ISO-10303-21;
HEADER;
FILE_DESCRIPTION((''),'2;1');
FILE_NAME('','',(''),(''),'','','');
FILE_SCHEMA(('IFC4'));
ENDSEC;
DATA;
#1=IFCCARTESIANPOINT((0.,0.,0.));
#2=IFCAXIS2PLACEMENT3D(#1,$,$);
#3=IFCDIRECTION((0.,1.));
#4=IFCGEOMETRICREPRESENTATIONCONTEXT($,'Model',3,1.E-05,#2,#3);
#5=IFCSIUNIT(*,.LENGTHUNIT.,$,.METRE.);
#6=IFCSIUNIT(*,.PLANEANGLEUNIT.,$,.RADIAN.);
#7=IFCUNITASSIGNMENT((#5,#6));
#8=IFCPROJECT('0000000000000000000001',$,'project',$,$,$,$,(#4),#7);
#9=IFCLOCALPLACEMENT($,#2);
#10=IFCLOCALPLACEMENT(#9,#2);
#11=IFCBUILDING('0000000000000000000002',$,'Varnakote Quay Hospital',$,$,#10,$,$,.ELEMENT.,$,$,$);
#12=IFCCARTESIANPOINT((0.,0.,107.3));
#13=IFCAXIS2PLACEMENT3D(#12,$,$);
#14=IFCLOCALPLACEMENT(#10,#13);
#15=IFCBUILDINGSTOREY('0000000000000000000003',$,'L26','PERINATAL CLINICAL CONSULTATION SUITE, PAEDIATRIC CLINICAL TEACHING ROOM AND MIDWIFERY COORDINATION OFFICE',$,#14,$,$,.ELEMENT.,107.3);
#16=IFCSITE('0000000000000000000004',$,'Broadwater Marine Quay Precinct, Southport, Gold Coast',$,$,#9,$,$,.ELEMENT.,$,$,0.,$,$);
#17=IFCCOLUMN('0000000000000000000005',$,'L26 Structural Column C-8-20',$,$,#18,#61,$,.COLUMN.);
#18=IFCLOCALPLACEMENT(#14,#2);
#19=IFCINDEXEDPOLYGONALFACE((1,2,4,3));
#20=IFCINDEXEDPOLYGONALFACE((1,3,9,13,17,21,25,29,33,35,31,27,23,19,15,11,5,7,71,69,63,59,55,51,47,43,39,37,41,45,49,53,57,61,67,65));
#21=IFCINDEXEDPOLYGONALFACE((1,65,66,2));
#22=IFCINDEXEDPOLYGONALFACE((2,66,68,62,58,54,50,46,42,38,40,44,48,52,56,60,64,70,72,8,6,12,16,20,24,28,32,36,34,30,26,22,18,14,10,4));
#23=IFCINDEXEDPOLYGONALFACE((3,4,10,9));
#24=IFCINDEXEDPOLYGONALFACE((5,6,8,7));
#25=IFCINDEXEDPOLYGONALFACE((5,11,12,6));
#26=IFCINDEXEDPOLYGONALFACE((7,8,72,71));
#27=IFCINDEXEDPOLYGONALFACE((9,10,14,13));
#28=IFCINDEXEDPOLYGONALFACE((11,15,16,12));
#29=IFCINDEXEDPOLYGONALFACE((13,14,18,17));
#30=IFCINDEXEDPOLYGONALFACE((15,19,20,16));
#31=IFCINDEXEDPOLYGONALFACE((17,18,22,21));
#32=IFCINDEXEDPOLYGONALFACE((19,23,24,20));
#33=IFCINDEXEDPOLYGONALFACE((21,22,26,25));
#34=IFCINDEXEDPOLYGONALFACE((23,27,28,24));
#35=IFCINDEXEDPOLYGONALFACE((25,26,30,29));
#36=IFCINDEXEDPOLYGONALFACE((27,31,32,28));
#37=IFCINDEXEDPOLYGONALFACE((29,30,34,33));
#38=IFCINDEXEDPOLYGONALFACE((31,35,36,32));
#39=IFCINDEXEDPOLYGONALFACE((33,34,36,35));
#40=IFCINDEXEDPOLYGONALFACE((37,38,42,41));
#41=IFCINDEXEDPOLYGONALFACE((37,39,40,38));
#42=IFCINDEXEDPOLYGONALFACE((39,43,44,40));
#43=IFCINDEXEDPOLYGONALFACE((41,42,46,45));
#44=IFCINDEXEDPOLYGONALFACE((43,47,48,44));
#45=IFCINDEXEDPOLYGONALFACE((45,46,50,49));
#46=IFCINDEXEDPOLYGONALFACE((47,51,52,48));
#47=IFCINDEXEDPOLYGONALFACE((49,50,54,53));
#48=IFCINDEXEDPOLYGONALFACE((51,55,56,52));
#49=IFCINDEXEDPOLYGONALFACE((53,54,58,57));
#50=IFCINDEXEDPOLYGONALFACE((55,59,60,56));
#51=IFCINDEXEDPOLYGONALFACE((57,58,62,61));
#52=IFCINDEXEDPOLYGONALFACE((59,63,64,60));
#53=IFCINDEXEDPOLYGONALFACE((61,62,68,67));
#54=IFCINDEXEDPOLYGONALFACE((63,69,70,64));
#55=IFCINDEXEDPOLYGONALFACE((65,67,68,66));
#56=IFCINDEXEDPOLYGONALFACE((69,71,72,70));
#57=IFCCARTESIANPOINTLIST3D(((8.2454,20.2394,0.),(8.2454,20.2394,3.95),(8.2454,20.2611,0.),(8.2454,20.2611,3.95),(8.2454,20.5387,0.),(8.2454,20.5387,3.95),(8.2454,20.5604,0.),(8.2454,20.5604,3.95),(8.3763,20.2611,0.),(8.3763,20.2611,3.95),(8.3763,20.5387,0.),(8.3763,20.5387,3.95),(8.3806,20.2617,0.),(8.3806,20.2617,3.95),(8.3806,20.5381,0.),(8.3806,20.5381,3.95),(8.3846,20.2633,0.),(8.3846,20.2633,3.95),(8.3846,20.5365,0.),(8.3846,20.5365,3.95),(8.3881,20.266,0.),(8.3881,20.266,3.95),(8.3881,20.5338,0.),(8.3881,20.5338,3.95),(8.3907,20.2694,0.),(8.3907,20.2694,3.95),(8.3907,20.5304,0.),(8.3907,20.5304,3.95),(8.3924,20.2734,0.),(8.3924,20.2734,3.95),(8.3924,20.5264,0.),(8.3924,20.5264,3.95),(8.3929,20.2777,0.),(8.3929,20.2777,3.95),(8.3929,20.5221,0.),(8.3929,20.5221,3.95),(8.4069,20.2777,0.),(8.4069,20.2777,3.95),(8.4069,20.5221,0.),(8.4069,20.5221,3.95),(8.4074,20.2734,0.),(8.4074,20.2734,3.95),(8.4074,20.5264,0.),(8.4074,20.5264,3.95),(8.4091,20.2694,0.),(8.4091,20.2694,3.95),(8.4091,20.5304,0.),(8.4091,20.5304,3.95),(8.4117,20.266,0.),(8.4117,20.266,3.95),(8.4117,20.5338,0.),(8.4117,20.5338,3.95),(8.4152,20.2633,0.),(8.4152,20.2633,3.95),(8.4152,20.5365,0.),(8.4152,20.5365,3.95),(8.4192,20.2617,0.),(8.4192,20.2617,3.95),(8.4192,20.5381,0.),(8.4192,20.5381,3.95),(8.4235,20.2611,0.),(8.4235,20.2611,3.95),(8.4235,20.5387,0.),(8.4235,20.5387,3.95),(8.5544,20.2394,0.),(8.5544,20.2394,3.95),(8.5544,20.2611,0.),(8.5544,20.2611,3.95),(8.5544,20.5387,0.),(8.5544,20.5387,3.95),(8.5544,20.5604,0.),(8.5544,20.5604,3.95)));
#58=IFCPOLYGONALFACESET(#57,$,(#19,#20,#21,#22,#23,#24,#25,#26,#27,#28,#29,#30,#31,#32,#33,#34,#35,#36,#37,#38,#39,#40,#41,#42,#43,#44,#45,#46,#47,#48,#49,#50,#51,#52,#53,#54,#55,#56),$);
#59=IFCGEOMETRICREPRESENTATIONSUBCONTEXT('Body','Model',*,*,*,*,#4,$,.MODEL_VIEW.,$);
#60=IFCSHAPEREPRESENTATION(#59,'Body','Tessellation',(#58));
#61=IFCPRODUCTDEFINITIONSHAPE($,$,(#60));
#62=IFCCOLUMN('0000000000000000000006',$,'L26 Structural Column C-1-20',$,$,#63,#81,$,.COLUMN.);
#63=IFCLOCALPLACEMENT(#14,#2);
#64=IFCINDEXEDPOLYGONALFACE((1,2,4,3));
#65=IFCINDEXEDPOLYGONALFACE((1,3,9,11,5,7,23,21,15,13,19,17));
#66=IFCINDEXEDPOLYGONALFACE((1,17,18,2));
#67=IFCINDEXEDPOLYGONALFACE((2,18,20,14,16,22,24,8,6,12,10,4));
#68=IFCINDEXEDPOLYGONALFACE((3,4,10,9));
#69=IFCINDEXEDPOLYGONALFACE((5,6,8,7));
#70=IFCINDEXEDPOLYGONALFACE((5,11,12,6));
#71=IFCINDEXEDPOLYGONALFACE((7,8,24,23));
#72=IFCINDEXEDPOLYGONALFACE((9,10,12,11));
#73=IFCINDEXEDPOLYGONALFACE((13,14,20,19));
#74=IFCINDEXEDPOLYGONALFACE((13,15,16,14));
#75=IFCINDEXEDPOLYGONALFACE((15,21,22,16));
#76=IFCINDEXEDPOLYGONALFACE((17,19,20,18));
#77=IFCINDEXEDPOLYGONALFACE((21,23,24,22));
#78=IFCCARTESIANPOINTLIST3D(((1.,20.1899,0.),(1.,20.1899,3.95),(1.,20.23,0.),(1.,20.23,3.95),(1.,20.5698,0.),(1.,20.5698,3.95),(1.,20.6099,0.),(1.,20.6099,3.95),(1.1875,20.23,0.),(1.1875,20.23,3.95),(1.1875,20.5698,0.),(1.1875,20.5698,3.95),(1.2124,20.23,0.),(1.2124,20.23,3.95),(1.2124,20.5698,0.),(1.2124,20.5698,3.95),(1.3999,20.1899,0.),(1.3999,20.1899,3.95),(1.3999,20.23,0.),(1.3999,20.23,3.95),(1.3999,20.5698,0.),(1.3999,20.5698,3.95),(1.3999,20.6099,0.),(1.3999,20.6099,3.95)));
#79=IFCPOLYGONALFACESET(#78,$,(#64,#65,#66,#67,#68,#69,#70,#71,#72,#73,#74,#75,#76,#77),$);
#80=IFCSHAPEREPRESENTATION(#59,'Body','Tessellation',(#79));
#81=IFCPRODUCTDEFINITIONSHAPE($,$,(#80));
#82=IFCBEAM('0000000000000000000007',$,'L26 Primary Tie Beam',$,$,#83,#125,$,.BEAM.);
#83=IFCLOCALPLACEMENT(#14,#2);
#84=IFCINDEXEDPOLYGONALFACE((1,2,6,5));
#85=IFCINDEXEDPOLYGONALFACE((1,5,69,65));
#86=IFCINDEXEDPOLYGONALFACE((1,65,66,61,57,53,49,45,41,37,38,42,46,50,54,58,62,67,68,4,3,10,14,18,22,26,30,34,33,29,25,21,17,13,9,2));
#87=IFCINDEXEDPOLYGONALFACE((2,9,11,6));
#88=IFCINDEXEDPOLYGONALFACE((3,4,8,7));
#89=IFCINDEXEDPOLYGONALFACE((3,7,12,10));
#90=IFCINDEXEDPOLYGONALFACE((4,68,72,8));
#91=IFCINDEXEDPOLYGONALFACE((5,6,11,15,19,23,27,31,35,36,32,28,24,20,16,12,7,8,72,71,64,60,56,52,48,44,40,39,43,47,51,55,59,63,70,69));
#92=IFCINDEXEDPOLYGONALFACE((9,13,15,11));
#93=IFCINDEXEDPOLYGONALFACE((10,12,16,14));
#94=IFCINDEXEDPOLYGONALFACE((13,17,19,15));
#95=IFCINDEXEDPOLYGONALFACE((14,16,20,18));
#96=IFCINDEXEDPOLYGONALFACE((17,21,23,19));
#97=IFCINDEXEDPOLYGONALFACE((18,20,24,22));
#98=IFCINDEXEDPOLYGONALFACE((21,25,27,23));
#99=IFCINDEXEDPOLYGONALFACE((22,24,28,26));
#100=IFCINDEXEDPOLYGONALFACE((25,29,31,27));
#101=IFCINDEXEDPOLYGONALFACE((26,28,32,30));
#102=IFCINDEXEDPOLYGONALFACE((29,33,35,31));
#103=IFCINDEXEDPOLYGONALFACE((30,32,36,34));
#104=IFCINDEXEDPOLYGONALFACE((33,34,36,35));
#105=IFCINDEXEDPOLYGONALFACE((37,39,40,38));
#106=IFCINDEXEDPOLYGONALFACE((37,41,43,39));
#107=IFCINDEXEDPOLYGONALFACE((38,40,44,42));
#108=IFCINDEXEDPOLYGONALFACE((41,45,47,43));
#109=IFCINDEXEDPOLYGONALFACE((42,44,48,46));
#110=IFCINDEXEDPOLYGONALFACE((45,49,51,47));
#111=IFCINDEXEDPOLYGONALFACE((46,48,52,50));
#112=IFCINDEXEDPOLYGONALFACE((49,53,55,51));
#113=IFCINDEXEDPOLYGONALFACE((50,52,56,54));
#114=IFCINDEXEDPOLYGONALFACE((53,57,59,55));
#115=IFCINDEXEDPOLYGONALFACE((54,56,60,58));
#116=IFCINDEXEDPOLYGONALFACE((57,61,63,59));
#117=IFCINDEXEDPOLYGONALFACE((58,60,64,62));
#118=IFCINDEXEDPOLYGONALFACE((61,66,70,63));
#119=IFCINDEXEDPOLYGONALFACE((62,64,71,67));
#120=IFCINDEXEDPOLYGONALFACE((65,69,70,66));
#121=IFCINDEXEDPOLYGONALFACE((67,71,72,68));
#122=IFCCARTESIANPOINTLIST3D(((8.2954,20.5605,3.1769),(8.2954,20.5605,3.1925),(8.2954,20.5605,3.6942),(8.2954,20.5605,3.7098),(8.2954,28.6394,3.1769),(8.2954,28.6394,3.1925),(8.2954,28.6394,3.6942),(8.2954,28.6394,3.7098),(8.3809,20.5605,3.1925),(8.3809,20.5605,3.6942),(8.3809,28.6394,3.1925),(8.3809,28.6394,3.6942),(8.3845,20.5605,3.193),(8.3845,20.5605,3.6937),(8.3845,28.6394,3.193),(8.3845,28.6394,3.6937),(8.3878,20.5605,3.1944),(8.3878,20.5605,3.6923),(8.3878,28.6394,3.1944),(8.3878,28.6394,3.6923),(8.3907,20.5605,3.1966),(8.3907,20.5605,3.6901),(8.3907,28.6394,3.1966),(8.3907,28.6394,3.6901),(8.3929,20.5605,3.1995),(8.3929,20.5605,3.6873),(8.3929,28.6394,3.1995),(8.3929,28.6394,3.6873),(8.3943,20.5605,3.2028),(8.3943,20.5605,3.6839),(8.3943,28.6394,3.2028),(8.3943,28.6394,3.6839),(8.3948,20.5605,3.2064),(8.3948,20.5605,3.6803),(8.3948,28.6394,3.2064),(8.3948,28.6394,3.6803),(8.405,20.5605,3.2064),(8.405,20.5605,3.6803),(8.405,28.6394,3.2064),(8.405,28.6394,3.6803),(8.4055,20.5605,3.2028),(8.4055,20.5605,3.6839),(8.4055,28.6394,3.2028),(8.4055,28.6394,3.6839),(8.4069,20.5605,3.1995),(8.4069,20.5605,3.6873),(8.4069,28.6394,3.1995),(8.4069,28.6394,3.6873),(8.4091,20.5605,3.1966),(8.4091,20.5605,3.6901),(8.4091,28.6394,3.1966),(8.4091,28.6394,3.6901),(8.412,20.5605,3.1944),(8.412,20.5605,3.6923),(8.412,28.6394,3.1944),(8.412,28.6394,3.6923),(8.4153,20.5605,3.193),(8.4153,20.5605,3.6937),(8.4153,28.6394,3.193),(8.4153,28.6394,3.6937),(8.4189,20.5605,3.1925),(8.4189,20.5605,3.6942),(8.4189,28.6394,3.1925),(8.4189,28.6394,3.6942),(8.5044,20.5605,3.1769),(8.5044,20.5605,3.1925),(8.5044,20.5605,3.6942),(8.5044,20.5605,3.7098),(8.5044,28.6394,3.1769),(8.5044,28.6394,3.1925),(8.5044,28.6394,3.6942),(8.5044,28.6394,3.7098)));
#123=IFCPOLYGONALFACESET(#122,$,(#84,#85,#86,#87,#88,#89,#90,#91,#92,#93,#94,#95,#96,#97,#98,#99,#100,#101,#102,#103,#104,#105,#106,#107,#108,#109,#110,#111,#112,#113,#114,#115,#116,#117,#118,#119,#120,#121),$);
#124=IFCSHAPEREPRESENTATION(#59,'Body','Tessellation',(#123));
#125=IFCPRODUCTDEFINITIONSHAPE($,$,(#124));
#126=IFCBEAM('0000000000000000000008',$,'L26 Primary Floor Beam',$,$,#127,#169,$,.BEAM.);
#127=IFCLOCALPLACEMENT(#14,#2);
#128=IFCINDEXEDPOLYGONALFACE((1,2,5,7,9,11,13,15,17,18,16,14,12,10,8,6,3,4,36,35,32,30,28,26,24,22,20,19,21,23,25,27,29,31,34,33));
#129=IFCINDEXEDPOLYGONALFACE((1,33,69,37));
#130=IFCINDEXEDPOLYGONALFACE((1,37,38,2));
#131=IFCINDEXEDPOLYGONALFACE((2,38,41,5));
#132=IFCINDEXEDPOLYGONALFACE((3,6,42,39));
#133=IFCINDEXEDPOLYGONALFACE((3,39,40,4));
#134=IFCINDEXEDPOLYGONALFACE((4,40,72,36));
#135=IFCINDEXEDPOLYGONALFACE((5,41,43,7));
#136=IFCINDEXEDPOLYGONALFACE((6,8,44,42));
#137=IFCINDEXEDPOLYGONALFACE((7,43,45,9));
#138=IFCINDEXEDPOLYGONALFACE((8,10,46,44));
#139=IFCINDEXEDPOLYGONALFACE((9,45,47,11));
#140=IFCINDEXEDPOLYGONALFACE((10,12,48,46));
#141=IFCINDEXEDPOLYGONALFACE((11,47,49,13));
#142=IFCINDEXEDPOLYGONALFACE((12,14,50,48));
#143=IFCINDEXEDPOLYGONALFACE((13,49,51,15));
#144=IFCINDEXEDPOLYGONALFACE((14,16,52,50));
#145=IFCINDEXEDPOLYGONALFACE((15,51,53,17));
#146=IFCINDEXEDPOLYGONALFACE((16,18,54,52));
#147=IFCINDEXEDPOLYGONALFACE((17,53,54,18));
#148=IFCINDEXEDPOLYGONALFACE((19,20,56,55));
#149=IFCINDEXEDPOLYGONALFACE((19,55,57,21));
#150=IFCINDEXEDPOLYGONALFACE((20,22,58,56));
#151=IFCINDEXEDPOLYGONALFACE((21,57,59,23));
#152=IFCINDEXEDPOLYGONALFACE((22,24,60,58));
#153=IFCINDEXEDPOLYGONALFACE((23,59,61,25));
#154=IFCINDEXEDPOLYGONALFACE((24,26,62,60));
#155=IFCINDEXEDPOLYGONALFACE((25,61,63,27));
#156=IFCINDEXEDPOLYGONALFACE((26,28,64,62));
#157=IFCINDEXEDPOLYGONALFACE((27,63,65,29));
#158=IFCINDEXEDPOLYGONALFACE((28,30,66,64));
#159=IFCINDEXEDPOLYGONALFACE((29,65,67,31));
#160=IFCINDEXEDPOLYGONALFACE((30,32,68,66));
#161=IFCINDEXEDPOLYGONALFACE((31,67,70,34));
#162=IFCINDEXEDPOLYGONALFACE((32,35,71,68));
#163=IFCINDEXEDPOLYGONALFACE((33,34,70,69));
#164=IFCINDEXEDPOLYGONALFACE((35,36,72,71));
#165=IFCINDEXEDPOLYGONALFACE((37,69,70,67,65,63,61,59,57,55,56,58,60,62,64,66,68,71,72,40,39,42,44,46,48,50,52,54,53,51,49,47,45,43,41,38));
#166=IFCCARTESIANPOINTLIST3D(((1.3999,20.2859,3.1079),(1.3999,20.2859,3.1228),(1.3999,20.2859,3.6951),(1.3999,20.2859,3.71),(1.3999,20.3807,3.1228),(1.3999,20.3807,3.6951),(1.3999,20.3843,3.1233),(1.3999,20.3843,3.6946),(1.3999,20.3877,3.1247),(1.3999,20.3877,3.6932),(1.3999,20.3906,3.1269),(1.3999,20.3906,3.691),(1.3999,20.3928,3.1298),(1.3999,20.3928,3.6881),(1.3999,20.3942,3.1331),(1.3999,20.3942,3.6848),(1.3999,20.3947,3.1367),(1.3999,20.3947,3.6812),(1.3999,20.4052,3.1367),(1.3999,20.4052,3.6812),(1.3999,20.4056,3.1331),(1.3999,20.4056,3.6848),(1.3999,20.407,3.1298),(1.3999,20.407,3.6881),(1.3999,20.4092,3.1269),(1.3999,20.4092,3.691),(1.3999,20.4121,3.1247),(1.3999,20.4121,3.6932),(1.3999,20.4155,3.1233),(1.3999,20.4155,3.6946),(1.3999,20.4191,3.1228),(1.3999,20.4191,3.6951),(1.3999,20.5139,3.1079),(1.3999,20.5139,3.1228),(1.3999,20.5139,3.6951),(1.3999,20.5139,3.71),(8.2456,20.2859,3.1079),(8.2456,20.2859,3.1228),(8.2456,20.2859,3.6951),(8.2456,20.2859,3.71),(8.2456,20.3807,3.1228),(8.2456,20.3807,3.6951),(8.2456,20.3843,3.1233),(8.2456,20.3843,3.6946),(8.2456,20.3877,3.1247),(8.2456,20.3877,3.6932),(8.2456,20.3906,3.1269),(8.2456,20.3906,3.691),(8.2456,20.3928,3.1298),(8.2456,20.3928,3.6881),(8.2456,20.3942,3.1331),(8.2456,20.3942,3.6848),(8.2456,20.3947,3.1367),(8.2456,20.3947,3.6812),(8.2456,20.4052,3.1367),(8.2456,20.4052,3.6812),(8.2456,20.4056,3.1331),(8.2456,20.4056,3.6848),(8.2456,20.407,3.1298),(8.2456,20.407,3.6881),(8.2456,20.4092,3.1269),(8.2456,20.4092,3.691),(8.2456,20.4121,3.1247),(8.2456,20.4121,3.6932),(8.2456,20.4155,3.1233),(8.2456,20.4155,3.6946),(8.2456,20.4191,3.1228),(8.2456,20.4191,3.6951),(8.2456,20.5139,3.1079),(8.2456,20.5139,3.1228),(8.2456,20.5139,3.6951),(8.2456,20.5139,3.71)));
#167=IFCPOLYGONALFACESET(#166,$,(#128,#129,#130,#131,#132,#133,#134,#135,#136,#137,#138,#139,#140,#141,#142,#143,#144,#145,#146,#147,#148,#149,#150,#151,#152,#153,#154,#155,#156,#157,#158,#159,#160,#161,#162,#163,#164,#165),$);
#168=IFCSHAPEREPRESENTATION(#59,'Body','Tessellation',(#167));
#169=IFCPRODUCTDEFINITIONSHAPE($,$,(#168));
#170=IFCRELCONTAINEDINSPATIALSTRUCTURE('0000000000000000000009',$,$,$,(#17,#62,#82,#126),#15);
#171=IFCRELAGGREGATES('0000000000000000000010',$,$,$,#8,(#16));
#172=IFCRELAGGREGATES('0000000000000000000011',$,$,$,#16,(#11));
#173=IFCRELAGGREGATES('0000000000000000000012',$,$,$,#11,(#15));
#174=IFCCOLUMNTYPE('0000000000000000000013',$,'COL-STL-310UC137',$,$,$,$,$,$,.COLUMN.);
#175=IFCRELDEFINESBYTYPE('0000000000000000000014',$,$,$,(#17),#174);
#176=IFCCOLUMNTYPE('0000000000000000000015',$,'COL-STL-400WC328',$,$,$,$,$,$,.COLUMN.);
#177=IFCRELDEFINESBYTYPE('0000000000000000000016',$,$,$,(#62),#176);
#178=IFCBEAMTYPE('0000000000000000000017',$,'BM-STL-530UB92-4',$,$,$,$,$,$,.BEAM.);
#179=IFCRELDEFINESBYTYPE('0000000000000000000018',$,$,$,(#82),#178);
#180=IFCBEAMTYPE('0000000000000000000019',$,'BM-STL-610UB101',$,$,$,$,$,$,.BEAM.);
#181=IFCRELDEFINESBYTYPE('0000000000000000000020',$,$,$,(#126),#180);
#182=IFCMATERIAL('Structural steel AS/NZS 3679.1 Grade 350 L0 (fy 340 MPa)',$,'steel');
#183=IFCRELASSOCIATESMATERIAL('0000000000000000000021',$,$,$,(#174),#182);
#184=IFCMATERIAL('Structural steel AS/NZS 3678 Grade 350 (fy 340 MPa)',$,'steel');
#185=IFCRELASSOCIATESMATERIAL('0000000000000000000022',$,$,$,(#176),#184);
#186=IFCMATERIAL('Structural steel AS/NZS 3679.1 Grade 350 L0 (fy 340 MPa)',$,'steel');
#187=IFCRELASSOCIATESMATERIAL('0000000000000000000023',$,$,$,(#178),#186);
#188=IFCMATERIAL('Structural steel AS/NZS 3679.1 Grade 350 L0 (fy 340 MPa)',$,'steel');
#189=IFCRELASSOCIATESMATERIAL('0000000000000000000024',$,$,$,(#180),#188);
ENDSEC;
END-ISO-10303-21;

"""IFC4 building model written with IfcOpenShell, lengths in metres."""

from ifc_helpers import new_model, si_unit, direction, frame, origin, origin_2d, place, context, subcontext, project, spatial, i_section, extrude, material, material_profile, profile_set, type_object, element, save


model = new_model("IFC4")

# Units and contexts
model_context = context("Model", 3, precision=1e-05, world=origin(), true_north=direction((0.0, 1.0)))
body_context = subcontext(model_context, "Body", "Model", "MODEL_VIEW")
ifc_project = project(units=[si_unit("LENGTHUNIT", "METRE"), si_unit("PLANEANGLEUNIT", "RADIAN")], contexts=[model_context])

# Site, building, storey
site_placement = place(None, origin())
site = spatial("IfcSite", under=ifc_project, at=site_placement, Name="Broadwater Marine Quay Precinct, Southport, Gold Coast", CompositionType="ELEMENT", RefElevation=0.0)
building_placement = place(site_placement, origin())
building = spatial("IfcBuilding", under=site, at=building_placement, Name="Varnakote Quay Hospital", CompositionType="ELEMENT")
storey_placement = place(building_placement, frame((0.0, 0.0, 107.3)))
storey = spatial("IfcBuildingStorey", under=building, at=storey_placement, Name="L26", Description="PERINATAL CLINICAL CONSULTATION SUITE, PAEDIATRIC CLINICAL TEACHING ROOM AND MIDWIFERY COORDINATION OFFICE", CompositionType="ELEMENT", Elevation=107.3)

# Columns
ifc_material_1 = material(Name="Structural steel AS/NZS 3679.1 Grade 350 L0 (fy 340 MPa)", Category="steel")
ifc_material_profile_1 = material_profile(ifc_material_1, i_section(OverallWidth=0.3091, OverallDepth=0.321, WebThickness=0.0139, FlangeThickness=0.0217, FilletRadius=0.0166, at=origin_2d()), Name="310UC137")
ifc_profile_set_1 = profile_set([ifc_material_profile_1], Name="Structural steel AS/NZS 3679.1 Grade 350 L0 (fy 340 MPa)")
column_type_1 = type_object("IfcColumnType", Name="COL-STL-310UC137", PredefinedType="COLUMN", material=ifc_profile_set_1)
column_1_placement = place(storey_placement, frame((8.3999, 20.3999, 0.0), z_axis=(0.0, 0.0, 1.0), x_axis=(1.0, 0.0, 0.0)))
element("IfcColumn", 1, at=column_1_placement, inside=storey, type_object=column_type_1, Name="L26 Structural Column C-8-20", PredefinedType="COLUMN", context=body_context, shape_type="SweptSolid", body=[
    extrude(i_section(OverallWidth=0.3091, OverallDepth=0.321, WebThickness=0.0139, FlangeThickness=0.0217, FilletRadius=0.0166, at=origin_2d()), origin(), (0.0, 0.0, 1.0), 3.95),
])
ifc_material_2 = material(Name="Structural steel AS/NZS 3678 Grade 350 (fy 340 MPa)", Category="steel")
ifc_material_profile_2 = material_profile(ifc_material_2, i_section(OverallWidth=0.3999, OverallDepth=0.4199, WebThickness=0.0249, FlangeThickness=0.04, at=origin_2d()), Name="400WC328")
ifc_profile_set_2 = profile_set([ifc_material_profile_2], Name="Structural steel AS/NZS 3678 Grade 350 (fy 340 MPa)")
column_type_2 = type_object("IfcColumnType", Name="COL-STL-400WC328", PredefinedType="COLUMN", material=ifc_profile_set_2)
column_2_placement = place(storey_placement, frame((1.2, 20.3999, 0.0), z_axis=(0.0, 0.0, 1.0), x_axis=(1.0, 0.0, 0.0)))
element("IfcColumn", 2, at=column_2_placement, inside=storey, type_object=column_type_2, Name="L26 Structural Column C-1-20", PredefinedType="COLUMN", context=body_context, shape_type="SweptSolid", body=[
    extrude(i_section(OverallWidth=0.3999, OverallDepth=0.4199, WebThickness=0.0249, FlangeThickness=0.04, at=origin_2d()), origin(), (0.0, 0.0, 1.0), 3.95),
])

# Beams
ifc_material_3 = material(Name="Structural steel AS/NZS 3679.1 Grade 350 L0 (fy 340 MPa)", Category="steel")
ifc_material_profile_3 = material_profile(ifc_material_3, i_section(OverallWidth=0.209, OverallDepth=0.533, WebThickness=0.0103, FlangeThickness=0.0156, FilletRadius=0.0139, at=origin_2d()), Name="530UB92.4")
ifc_profile_set_3 = profile_set([ifc_material_profile_3], Name="Structural steel AS/NZS 3679.1 Grade 350 L0 (fy 340 MPa)")
beam_type_1 = type_object("IfcBeamType", Name="BM-STL-530UB92-4", PredefinedType="BEAM", material=ifc_profile_set_3)
beam_1_placement = place(storey_placement, frame((8.3999, 20.5605, 3.4434), z_axis=(0.0, 1.0, 0.0), x_axis=(-1.0, 0.0, 0.0)))
element("IfcBeam", 3, at=beam_1_placement, inside=storey, type_object=beam_type_1, Name="L26 Primary Tie Beam", PredefinedType="BEAM", context=body_context, shape_type="SweptSolid", body=[
    extrude(i_section(OverallWidth=0.209, OverallDepth=0.533, WebThickness=0.0103, FlangeThickness=0.0156, FilletRadius=0.0139, at=origin_2d()), origin(), (0.0, 0.0, 1.0), 8.0789),
])
ifc_material_4 = material(Name="Structural steel AS/NZS 3679.1 Grade 350 L0 (fy 340 MPa)", Category="steel")
ifc_material_profile_4 = material_profile(ifc_material_4, i_section(OverallWidth=0.228, OverallDepth=0.6021, WebThickness=0.0105, FlangeThickness=0.0149, FilletRadius=0.0139, at=origin_2d()), Name="610UB101")
ifc_profile_set_4 = profile_set([ifc_material_profile_4], Name="Structural steel AS/NZS 3679.1 Grade 350 L0 (fy 340 MPa)")
beam_type_2 = type_object("IfcBeamType", Name="BM-STL-610UB101", PredefinedType="BEAM", material=ifc_profile_set_4)
beam_2_placement = place(storey_placement, frame((1.3999, 20.3999, 3.4089), z_axis=(1.0, 0.0, 0.0), x_axis=(0.0, 1.0, 0.0)))
element("IfcBeam", 4, at=beam_2_placement, inside=storey, type_object=beam_type_2, Name="L26 Primary Floor Beam", PredefinedType="BEAM", context=body_context, shape_type="SweptSolid", body=[
    extrude(i_section(OverallWidth=0.228, OverallDepth=0.6021, WebThickness=0.0105, FlangeThickness=0.0149, FilletRadius=0.0139, at=origin_2d()), origin(), (0.0, 0.0, 1.0), 6.8457),
])

save(model, "model.ifc")
